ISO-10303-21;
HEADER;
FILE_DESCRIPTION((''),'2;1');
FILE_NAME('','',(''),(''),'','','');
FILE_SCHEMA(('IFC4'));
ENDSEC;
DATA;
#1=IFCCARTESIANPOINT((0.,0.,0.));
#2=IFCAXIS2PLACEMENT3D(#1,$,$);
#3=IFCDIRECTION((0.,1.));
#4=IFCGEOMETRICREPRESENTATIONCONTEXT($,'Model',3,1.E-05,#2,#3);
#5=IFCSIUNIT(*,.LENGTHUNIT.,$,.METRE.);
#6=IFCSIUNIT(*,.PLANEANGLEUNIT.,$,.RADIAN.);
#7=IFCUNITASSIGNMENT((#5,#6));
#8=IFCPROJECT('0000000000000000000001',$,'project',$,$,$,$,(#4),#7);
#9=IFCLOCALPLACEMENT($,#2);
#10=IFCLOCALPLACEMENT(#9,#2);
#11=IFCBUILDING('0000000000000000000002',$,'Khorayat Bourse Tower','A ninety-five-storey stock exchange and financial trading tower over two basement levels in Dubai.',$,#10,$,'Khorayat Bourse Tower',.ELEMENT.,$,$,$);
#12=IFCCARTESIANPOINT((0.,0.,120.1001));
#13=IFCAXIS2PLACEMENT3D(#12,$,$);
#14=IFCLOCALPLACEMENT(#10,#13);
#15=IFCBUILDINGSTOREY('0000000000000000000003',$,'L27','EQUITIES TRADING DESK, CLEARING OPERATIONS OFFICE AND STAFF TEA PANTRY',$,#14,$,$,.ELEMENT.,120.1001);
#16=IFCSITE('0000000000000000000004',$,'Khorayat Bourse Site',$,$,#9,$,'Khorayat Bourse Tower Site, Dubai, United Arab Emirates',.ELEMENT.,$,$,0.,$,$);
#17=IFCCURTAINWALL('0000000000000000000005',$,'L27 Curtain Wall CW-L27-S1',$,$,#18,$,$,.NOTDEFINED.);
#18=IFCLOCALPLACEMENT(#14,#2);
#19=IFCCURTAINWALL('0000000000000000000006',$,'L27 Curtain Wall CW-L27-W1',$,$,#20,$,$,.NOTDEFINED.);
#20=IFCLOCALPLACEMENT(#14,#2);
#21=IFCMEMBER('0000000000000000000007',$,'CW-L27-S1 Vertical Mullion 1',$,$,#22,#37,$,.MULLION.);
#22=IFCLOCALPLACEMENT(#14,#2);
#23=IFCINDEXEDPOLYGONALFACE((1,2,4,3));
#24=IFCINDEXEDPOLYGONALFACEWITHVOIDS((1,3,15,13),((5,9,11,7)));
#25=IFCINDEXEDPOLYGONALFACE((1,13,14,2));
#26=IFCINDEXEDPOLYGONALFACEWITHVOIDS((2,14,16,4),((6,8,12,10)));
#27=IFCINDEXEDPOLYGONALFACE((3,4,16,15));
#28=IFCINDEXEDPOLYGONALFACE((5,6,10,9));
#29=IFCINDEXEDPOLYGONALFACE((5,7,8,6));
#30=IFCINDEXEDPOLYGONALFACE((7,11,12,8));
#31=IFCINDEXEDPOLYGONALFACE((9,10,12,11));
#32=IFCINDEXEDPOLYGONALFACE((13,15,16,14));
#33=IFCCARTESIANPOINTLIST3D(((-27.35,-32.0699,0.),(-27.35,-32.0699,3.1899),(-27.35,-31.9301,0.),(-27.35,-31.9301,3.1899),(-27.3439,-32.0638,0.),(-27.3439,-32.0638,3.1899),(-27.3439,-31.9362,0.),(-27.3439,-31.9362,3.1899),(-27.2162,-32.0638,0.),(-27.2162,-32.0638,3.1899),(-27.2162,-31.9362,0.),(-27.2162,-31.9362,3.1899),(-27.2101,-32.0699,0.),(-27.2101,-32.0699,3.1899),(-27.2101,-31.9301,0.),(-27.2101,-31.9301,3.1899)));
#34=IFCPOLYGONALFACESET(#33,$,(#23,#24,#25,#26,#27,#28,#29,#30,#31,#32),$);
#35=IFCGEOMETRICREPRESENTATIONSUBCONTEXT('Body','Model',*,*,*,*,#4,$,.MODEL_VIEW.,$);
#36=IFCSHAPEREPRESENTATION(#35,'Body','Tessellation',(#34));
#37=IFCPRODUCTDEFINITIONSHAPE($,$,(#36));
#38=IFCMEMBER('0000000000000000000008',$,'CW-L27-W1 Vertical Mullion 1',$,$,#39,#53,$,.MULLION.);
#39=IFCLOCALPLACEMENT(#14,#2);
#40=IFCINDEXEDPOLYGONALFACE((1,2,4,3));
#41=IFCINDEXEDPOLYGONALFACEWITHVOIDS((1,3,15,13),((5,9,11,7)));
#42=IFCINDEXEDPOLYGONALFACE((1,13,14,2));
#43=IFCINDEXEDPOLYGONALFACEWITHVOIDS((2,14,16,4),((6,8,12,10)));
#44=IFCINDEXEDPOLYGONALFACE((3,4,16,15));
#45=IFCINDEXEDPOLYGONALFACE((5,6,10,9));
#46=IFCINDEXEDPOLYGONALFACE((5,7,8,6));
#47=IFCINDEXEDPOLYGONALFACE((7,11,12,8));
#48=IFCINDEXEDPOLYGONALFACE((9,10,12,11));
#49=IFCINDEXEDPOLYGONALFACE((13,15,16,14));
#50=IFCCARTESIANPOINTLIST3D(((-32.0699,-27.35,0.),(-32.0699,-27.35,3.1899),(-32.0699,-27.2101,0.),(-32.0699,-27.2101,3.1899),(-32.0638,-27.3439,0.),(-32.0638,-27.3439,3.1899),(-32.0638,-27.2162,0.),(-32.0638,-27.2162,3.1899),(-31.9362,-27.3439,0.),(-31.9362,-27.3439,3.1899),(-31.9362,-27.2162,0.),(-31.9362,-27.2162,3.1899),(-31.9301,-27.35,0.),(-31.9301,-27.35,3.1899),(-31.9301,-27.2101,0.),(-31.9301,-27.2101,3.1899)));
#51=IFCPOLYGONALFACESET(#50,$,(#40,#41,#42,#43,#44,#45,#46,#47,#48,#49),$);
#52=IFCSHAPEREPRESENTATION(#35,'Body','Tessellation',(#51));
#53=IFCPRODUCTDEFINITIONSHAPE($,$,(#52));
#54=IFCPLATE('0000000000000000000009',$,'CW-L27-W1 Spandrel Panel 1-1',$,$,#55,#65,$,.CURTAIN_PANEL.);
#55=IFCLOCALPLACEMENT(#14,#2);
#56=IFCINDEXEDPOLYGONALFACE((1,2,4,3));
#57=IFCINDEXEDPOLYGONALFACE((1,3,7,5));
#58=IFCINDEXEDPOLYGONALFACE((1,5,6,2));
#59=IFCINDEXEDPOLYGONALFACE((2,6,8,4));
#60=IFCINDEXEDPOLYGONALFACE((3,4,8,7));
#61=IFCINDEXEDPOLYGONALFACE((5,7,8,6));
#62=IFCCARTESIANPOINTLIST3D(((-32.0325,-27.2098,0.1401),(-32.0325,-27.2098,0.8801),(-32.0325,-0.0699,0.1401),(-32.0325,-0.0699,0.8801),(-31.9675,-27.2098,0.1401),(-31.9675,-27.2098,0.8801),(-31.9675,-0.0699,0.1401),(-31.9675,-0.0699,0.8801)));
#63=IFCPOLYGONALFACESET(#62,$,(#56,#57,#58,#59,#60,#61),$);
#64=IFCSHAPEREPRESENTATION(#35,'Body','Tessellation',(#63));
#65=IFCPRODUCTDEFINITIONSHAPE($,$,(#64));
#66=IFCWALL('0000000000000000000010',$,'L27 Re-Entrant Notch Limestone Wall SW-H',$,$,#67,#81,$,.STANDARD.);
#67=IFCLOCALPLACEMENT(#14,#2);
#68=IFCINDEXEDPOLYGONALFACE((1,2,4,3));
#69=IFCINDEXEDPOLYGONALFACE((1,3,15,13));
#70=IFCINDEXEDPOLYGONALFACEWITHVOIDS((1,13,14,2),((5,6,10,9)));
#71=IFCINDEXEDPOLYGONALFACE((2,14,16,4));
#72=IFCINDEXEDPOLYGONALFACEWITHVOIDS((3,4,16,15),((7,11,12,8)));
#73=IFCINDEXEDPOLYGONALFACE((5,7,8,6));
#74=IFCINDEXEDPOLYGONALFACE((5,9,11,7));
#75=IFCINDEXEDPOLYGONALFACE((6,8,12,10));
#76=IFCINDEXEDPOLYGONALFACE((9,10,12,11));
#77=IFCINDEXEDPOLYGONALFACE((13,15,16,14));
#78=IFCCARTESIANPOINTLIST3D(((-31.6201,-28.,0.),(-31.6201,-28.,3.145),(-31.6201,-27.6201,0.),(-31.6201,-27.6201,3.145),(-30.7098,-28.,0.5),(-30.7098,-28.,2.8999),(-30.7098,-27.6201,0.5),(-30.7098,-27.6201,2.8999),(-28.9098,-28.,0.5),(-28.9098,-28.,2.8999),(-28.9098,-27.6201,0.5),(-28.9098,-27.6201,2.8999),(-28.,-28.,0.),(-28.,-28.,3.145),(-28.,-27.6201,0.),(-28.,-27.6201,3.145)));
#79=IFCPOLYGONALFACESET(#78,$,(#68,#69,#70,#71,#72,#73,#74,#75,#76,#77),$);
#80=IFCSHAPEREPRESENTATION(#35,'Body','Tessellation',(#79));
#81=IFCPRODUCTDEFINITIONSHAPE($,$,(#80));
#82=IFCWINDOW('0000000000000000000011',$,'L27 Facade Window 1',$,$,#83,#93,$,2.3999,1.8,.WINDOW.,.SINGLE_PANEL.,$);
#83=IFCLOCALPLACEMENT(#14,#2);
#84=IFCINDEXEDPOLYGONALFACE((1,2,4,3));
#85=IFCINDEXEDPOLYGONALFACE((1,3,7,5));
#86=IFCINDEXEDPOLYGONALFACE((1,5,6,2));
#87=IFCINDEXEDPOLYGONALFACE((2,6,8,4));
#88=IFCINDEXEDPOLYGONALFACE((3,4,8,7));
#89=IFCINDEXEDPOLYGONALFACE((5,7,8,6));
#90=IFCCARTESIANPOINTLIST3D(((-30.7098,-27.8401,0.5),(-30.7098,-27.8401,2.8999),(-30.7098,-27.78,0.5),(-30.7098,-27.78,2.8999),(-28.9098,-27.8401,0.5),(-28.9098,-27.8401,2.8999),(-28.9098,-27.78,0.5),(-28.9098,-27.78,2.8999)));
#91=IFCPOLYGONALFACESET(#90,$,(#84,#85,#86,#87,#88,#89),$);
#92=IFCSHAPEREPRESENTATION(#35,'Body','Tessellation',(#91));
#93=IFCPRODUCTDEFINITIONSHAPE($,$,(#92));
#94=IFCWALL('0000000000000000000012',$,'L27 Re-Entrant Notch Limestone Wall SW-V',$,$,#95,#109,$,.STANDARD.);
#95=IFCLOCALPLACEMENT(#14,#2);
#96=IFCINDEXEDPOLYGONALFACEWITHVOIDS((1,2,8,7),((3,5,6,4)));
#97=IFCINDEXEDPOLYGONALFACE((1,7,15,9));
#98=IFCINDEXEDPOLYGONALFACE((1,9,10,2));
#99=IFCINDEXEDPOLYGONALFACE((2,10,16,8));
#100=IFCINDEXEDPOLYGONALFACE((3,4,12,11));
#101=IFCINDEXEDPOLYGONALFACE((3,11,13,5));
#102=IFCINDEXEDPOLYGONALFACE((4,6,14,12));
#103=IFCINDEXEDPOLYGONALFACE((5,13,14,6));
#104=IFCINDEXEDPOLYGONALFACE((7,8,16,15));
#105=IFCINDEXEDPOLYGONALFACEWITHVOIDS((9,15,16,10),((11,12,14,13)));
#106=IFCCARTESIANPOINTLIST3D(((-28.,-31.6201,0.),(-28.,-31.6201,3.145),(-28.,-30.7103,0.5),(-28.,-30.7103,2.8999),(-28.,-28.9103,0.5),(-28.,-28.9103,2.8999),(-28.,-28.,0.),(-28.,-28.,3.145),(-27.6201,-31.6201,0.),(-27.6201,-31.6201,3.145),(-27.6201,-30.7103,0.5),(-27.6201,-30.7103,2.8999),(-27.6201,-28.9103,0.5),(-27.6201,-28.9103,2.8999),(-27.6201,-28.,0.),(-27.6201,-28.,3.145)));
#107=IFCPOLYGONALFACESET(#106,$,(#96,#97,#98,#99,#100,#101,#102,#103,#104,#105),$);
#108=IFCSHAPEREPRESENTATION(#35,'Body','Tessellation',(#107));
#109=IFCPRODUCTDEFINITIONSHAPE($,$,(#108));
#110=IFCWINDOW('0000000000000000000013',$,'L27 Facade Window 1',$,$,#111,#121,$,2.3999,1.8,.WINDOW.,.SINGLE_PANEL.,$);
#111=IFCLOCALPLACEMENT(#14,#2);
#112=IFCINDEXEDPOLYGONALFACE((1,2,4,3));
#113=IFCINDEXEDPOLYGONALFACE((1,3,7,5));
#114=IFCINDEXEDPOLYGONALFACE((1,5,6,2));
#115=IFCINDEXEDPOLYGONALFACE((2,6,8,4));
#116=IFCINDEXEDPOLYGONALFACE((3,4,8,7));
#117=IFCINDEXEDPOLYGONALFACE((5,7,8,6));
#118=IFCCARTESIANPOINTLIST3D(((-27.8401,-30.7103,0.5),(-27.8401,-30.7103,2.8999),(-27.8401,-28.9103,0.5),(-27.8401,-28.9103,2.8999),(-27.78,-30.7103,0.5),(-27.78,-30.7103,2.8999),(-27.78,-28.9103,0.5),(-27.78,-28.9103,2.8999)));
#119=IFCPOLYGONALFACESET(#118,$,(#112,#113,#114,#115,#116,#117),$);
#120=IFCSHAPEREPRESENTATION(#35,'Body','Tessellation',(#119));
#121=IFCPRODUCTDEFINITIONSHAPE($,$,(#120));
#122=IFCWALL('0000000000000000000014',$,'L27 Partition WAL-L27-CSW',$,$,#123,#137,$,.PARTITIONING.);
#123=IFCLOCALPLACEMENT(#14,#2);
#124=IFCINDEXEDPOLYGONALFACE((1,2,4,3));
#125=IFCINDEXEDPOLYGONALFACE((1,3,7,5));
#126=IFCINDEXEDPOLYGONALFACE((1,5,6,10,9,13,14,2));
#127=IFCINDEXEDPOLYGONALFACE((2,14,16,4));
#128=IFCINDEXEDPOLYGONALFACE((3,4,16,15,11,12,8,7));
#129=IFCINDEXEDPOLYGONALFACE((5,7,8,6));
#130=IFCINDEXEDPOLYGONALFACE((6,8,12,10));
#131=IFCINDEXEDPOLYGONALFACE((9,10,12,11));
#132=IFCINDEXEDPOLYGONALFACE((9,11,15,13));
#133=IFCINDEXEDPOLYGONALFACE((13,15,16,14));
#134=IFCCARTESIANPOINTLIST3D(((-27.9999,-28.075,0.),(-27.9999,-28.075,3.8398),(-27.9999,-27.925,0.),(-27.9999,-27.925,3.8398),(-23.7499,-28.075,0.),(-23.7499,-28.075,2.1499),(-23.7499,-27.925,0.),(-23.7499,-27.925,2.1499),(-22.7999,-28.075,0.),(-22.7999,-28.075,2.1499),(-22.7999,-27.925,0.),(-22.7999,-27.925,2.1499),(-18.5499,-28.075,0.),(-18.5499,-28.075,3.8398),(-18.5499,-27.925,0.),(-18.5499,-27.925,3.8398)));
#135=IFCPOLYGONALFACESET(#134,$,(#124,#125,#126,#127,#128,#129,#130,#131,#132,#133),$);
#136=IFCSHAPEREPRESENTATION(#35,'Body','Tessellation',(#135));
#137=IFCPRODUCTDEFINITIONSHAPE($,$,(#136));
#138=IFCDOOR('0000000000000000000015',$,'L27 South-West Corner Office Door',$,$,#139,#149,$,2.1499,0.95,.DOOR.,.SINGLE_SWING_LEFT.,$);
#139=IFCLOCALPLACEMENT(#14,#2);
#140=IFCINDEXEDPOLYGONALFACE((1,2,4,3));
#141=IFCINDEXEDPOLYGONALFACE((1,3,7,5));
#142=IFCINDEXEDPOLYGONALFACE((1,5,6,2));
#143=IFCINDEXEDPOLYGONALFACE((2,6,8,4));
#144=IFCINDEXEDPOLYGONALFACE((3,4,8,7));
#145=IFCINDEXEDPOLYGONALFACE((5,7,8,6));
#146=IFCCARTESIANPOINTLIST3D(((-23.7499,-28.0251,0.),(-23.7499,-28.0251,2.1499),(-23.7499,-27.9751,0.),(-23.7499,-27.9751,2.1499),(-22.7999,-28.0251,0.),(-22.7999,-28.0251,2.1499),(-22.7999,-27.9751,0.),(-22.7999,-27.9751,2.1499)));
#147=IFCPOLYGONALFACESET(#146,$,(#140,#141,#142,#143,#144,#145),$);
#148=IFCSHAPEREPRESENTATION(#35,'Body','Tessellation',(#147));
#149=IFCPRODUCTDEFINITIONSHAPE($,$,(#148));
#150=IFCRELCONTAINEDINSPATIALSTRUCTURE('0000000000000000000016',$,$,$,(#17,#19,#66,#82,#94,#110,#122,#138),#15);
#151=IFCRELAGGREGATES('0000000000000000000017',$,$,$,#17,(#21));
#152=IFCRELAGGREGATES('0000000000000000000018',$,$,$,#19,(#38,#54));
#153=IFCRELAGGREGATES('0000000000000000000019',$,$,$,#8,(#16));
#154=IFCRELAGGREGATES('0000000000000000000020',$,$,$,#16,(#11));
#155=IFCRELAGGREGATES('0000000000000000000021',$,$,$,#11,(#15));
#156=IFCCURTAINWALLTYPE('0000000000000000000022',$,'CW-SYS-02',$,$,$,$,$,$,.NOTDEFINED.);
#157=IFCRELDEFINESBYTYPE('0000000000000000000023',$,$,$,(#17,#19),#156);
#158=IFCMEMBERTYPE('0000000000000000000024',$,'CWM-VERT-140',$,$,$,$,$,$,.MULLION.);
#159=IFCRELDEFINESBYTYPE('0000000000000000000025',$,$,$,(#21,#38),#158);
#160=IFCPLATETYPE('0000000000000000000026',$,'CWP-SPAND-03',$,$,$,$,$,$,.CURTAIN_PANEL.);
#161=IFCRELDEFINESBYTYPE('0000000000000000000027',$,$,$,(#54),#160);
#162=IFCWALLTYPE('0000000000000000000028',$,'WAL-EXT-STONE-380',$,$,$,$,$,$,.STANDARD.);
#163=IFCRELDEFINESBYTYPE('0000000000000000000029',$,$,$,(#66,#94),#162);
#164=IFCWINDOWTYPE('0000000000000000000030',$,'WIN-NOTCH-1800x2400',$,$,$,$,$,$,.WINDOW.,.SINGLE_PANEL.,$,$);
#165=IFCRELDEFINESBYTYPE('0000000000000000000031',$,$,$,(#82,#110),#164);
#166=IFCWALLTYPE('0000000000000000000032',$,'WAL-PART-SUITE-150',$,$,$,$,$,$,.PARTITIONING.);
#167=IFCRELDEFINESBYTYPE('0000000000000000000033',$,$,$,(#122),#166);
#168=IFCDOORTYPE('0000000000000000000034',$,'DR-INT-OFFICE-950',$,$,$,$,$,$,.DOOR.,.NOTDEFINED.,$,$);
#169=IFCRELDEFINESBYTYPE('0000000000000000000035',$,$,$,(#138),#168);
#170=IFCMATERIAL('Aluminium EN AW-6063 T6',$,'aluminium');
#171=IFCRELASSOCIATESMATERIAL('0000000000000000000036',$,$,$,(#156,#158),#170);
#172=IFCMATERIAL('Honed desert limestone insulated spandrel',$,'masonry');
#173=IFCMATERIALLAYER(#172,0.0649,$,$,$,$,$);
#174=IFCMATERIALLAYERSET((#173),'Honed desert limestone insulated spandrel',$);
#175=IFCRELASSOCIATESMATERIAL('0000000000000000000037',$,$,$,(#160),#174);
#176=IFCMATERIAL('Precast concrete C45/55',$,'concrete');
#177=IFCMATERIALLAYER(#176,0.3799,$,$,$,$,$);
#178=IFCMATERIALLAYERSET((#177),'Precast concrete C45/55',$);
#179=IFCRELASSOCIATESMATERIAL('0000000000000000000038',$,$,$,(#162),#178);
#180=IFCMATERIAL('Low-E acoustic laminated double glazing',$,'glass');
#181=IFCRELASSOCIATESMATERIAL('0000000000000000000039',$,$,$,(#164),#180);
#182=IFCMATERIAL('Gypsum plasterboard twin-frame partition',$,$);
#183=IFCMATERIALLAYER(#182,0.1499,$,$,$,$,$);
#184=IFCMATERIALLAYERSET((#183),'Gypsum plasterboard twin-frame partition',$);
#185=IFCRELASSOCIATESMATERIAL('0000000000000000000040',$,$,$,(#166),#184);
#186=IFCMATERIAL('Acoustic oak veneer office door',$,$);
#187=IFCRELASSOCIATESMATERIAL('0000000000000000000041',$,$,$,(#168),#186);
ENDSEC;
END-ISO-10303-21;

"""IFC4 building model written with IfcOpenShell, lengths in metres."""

from ifc_helpers import new_model, si_unit, direction, frame, frame_2d, origin, origin_2d, place, context, subcontext, project, spatial, rectangle, hollow_rectangle, extrude, source, transform, mapped, material, layer, layer_set, material_profile, profile_set, type_object, element, fill, aggregate, save


model = new_model("IFC4")

# Units and contexts
model_context = context("Model", 3, precision=1e-05, world=origin(), true_north=direction((0.0, 1.0)))
body_context = subcontext(model_context, "Body", "Model", "MODEL_VIEW")
ifc_project = project(units=[si_unit("LENGTHUNIT", "METRE"), si_unit("PLANEANGLEUNIT", "RADIAN")], contexts=[model_context])

# Site, building, storey
site_placement = place(None, origin())
site = spatial("IfcSite", under=ifc_project, at=site_placement, Name="Khorayat Bourse Site", LongName="Khorayat Bourse Tower Site, Dubai, United Arab Emirates", CompositionType="ELEMENT", RefElevation=0.0)
building_placement = place(site_placement, origin())
building = spatial("IfcBuilding", under=site, at=building_placement, Name="Khorayat Bourse Tower", Description="A ninety-five-storey stock exchange and financial trading tower over two basement levels in Dubai.", LongName="Khorayat Bourse Tower", CompositionType="ELEMENT")
storey_placement = place(building_placement, frame((0.0, 0.0, 120.1001)))
storey = spatial("IfcBuildingStorey", under=building, at=storey_placement, Name="L27", Description="EQUITIES TRADING DESK, CLEARING OPERATIONS OFFICE AND STAFF TEA PANTRY", CompositionType="ELEMENT", Elevation=120.1001)

# Curtain wall
ifc_material_1 = material(Name="Aluminium EN AW-6063 T6", Category="aluminium")
curtain_wall_type = type_object("IfcCurtainWallType", Name="CW-SYS-02", PredefinedType="NOTDEFINED", material=ifc_material_1)
curtain_wall_1_placement = place(storey_placement, origin())
curtain_wall_1 = element("IfcCurtainWall", 1, at=curtain_wall_1_placement, inside=storey, type_object=curtain_wall_type, Name="L27 Curtain Wall CW-L27-S1", PredefinedType="NOTDEFINED")

# Curtain wall
curtain_wall_2_placement = place(storey_placement, origin())
curtain_wall_2 = element("IfcCurtainWall", 2, at=curtain_wall_2_placement, inside=storey, type_object=curtain_wall_type, Name="L27 Curtain Wall CW-L27-W1", PredefinedType="NOTDEFINED")

# Members
ifc_material_profile_1 = material_profile(ifc_material_1, hollow_rectangle(XDim=0.1399, YDim=0.1399, WallThickness=0.0061, at=origin_2d()), Name="ALU 140x140x6")
ifc_profile_set_1 = profile_set([ifc_material_profile_1], Name="Aluminium EN AW-6063 T6")
member_type_1 = type_object("IfcMemberType", Name="CWM-VERT-140", PredefinedType="MULLION", material=ifc_profile_set_1)
shared_shape_1 = source(origin(), body_context, "Body", "SweptSolid", [
    extrude(hollow_rectangle(XDim=0.1399, YDim=0.1399, WallThickness=0.0061, at=origin_2d()), origin(), (0.0, 0.0, 1.0), 3.1899),
])
member_1_placement = place(storey_placement, frame((-27.28, -32.0, 0.0), z_axis=(0.0, 0.0, 1.0), x_axis=(0.0, 1.0, 0.0)))
member_1 = element("IfcMember", 3, at=member_1_placement, type_object=member_type_1, Name="CW-L27-S1 Vertical Mullion 1", PredefinedType="MULLION", context=body_context, shape_type="MappedRepresentation", body=[
    mapped(shared_shape_1, transform((0.0, 0.0, 0.0), scale=1.0)),
])
aggregate(curtain_wall_1, [member_1])
member_2_placement = place(storey_placement, frame((-32.0, -27.28, 0.0), z_axis=(0.0, 0.0, 1.0), x_axis=(-1.0, 0.0, 0.0)))
member_2 = element("IfcMember", 4, at=member_2_placement, type_object=member_type_1, Name="CW-L27-W1 Vertical Mullion 1", PredefinedType="MULLION", context=body_context, shape_type="MappedRepresentation", body=[
    mapped(shared_shape_1, transform((0.0, 0.0, 0.0), scale=1.0)),
])

# Plate
ifc_material_2 = material(Name="Honed desert limestone insulated spandrel", Category="masonry")
ifc_layer_1 = layer(ifc_material_2, 0.0649)
ifc_layer_set_1 = layer_set([ifc_layer_1], Name="Honed desert limestone insulated spandrel")
plate_type = type_object("IfcPlateType", Name="CWP-SPAND-03", PredefinedType="CURTAIN_PANEL", material=ifc_layer_set_1)
shared_shape_2 = source(origin(), body_context, "Body", "SweptSolid", [
    extrude(rectangle(XDim=27.1399, YDim=0.0649, at=origin_2d()), origin(), (0.0, 0.0, 1.0), 0.74),
])
plate_placement = place(storey_placement, frame((-32.0, -13.6399, 0.1401), z_axis=(0.0, 0.0, 1.0), x_axis=(0.0, 1.0, 0.0)))
plate = element("IfcPlate", 5, at=plate_placement, type_object=plate_type, Name="CW-L27-W1 Spandrel Panel 1-1", PredefinedType="CURTAIN_PANEL", context=body_context, shape_type="MappedRepresentation", body=[
    mapped(shared_shape_2, transform((0.0, 0.0, 0.0), scale=1.0)),
])
aggregate(curtain_wall_2, [member_2, plate])

# Walls, openings, windows
ifc_material_3 = material(Name="Precast concrete C45/55", Category="concrete")
ifc_layer_2 = layer(ifc_material_3, 0.3799)
ifc_layer_set_2 = layer_set([ifc_layer_2], Name="Precast concrete C45/55")
wall_type_1 = type_object("IfcWallType", Name="WAL-EXT-STONE-380", PredefinedType="STANDARD", material=ifc_layer_set_2)
shared_shape_3 = source(origin(), body_context, "Body", "SweptSolid", [
    extrude(rectangle(XDim=3.6201, YDim=0.3799, at=frame_2d((1.8101, 0.0))), origin(), (0.0, 0.0, 1.0), 3.145),
])
wall_1_placement = place(storey_placement, frame((-28.0, -27.8101, 0.0), z_axis=(0.0, 0.0, 1.0), x_axis=(-1.0, 0.0, 0.0)))
wall_1 = element("IfcWall", 6, at=wall_1_placement, inside=storey, type_object=wall_type_1, Name="L27 Re-Entrant Notch Limestone Wall SW-H", PredefinedType="STANDARD", context=body_context, shape_type="MappedRepresentation", body=[
    mapped(shared_shape_3, transform((0.0, 0.0, 0.0), scale=1.0)),
])
shared_shape_4 = source(origin(), body_context, "Body", "SweptSolid", [
    extrude(rectangle(XDim=1.8, YDim=2.3999, at=frame_2d((0.8999, 1.2))), frame((0.0, 0.2, 0.0), z_axis=(0.0, -1.0, 0.0), x_axis=(1.0, 0.0, 0.0)), (0.0, 0.0, 1.0), 0.3999),
])
opening_1_placement = place(wall_1_placement, frame((0.9099, 0.0, 0.5)))
opening_1 = element("IfcOpeningElement", 7, at=opening_1_placement, cuts=wall_1, PredefinedType="OPENING", context=body_context, shape_type="MappedRepresentation", body=[
    mapped(shared_shape_4, transform((0.0, 0.0, 0.0), scale=1.0)),
])
ifc_material_4 = material(Name="Low-E acoustic laminated double glazing", Category="glass")
window_type = type_object("IfcWindowType", Name="WIN-NOTCH-1800x2400", PartitioningType="SINGLE_PANEL", PredefinedType="WINDOW", material=ifc_material_4)
shared_shape_5 = source(origin(), body_context, "Body", "SweptSolid", [
    extrude(rectangle(XDim=1.8, YDim=2.3999, at=frame_2d((0.8999, 1.2))), frame((0.0, 0.03, 0.0), z_axis=(0.0, -1.0, 0.0), x_axis=(1.0, 0.0, 0.0)), (0.0, 0.0, 1.0), 0.0601),
])
window_1_placement = place(opening_1_placement, origin())
window_1 = element("IfcWindow", 8, at=window_1_placement, inside=storey, type_object=window_type, Name="L27 Facade Window 1", OverallHeight=2.3999, OverallWidth=1.8, PartitioningType="SINGLE_PANEL", PredefinedType="WINDOW", context=body_context, shape_type="MappedRepresentation", body=[
    mapped(shared_shape_5, transform((0.0, 0.0, 0.0), scale=1.0)),
])
fill(opening_1, window_1)
wall_2_placement = place(storey_placement, frame((-27.8101, -31.6201, 0.0), z_axis=(0.0, 0.0, 1.0), x_axis=(0.0, 1.0, 0.0)))
wall_2 = element("IfcWall", 9, at=wall_2_placement, inside=storey, type_object=wall_type_1, Name="L27 Re-Entrant Notch Limestone Wall SW-V", PredefinedType="STANDARD", context=body_context, shape_type="MappedRepresentation", body=[
    mapped(shared_shape_3, transform((0.0, 0.0, 0.0), scale=1.0)),
])
opening_2_placement = place(wall_2_placement, frame((0.9099, 0.0, 0.5)))
opening_2 = element("IfcOpeningElement", 10, at=opening_2_placement, cuts=wall_2, PredefinedType="OPENING", context=body_context, shape_type="MappedRepresentation", body=[
    mapped(shared_shape_4, transform((0.0, 0.0, 0.0), scale=1.0)),
])
window_2_placement = place(opening_2_placement, origin())
window_2 = element("IfcWindow", 11, at=window_2_placement, inside=storey, type_object=window_type, Name="L27 Facade Window 1", OverallHeight=2.3999, OverallWidth=1.8, PartitioningType="SINGLE_PANEL", PredefinedType="WINDOW", context=body_context, shape_type="MappedRepresentation", body=[
    mapped(shared_shape_5, transform((0.0, 0.0, 0.0), scale=1.0)),
])
fill(opening_2, window_2)

# Wall, opening, door
ifc_material_5 = material(Name="Gypsum plasterboard twin-frame partition")
ifc_layer_3 = layer(ifc_material_5, 0.1499)
ifc_layer_set_3 = layer_set([ifc_layer_3], Name="Gypsum plasterboard twin-frame partition")
wall_type_2 = type_object("IfcWallType", Name="WAL-PART-SUITE-150", PredefinedType="PARTITIONING", material=ifc_layer_set_3)
shared_shape_6 = source(origin(), body_context, "Body", "SweptSolid", [
    extrude(rectangle(XDim=9.45, YDim=0.1499, at=frame_2d((4.7251, 0.0))), origin(), (0.0, 0.0, 1.0), 3.8398),
])
wall_3_placement = place(storey_placement, frame((-28.0, -28.0, 0.0), z_axis=(0.0, 0.0, 1.0), x_axis=(1.0, 0.0, 0.0)))
wall_3 = element("IfcWall", 12, at=wall_3_placement, inside=storey, type_object=wall_type_2, Name="L27 Partition WAL-L27-CSW", PredefinedType="PARTITIONING", context=body_context, shape_type="MappedRepresentation", body=[
    mapped(shared_shape_6, transform((0.0, 0.0, 0.0), scale=1.0)),
])
shared_shape_7 = source(origin(), body_context, "Body", "SweptSolid", [
    extrude(rectangle(XDim=0.95, YDim=2.1499, at=frame_2d((0.4751, 1.075))), frame((0.0, 0.085, 0.0), z_axis=(0.0, -1.0, 0.0), x_axis=(1.0, 0.0, 0.0)), (0.0, 0.0, 1.0), 0.1699),
])
opening_3_placement = place(wall_3_placement, frame((4.25, 0.0, 0.0)))
opening_3 = element("IfcOpeningElement", 13, at=opening_3_placement, cuts=wall_3, PredefinedType="OPENING", context=body_context, shape_type="MappedRepresentation", body=[
    mapped(shared_shape_7, transform((0.0, 0.0, 0.0), scale=1.0)),
])
ifc_material_6 = material(Name="Acoustic oak veneer office door")
door_type = type_object("IfcDoorType", Name="DR-INT-OFFICE-950", OperationType="NOTDEFINED", PredefinedType="DOOR", material=ifc_material_6)
shared_shape_8 = source(origin(), body_context, "Body", "SweptSolid", [
    extrude(rectangle(XDim=0.95, YDim=2.1499, at=frame_2d((0.4751, 1.075))), frame((0.0, 0.0249, 0.0), z_axis=(0.0, -1.0, 0.0), x_axis=(1.0, 0.0, 0.0)), (0.0, 0.0, 1.0), 0.05),
])
door_placement = place(opening_3_placement, origin())
door = element("IfcDoor", 14, at=door_placement, inside=storey, type_object=door_type, Name="L27 South-West Corner Office Door", OperationType="SINGLE_SWING_LEFT", OverallHeight=2.1499, OverallWidth=0.95, PredefinedType="DOOR", context=body_context, shape_type="MappedRepresentation", body=[
    mapped(shared_shape_8, transform((0.0, 0.0, 0.0), scale=1.0)),
])
fill(opening_3, door)

save(model, "model.ifc")
